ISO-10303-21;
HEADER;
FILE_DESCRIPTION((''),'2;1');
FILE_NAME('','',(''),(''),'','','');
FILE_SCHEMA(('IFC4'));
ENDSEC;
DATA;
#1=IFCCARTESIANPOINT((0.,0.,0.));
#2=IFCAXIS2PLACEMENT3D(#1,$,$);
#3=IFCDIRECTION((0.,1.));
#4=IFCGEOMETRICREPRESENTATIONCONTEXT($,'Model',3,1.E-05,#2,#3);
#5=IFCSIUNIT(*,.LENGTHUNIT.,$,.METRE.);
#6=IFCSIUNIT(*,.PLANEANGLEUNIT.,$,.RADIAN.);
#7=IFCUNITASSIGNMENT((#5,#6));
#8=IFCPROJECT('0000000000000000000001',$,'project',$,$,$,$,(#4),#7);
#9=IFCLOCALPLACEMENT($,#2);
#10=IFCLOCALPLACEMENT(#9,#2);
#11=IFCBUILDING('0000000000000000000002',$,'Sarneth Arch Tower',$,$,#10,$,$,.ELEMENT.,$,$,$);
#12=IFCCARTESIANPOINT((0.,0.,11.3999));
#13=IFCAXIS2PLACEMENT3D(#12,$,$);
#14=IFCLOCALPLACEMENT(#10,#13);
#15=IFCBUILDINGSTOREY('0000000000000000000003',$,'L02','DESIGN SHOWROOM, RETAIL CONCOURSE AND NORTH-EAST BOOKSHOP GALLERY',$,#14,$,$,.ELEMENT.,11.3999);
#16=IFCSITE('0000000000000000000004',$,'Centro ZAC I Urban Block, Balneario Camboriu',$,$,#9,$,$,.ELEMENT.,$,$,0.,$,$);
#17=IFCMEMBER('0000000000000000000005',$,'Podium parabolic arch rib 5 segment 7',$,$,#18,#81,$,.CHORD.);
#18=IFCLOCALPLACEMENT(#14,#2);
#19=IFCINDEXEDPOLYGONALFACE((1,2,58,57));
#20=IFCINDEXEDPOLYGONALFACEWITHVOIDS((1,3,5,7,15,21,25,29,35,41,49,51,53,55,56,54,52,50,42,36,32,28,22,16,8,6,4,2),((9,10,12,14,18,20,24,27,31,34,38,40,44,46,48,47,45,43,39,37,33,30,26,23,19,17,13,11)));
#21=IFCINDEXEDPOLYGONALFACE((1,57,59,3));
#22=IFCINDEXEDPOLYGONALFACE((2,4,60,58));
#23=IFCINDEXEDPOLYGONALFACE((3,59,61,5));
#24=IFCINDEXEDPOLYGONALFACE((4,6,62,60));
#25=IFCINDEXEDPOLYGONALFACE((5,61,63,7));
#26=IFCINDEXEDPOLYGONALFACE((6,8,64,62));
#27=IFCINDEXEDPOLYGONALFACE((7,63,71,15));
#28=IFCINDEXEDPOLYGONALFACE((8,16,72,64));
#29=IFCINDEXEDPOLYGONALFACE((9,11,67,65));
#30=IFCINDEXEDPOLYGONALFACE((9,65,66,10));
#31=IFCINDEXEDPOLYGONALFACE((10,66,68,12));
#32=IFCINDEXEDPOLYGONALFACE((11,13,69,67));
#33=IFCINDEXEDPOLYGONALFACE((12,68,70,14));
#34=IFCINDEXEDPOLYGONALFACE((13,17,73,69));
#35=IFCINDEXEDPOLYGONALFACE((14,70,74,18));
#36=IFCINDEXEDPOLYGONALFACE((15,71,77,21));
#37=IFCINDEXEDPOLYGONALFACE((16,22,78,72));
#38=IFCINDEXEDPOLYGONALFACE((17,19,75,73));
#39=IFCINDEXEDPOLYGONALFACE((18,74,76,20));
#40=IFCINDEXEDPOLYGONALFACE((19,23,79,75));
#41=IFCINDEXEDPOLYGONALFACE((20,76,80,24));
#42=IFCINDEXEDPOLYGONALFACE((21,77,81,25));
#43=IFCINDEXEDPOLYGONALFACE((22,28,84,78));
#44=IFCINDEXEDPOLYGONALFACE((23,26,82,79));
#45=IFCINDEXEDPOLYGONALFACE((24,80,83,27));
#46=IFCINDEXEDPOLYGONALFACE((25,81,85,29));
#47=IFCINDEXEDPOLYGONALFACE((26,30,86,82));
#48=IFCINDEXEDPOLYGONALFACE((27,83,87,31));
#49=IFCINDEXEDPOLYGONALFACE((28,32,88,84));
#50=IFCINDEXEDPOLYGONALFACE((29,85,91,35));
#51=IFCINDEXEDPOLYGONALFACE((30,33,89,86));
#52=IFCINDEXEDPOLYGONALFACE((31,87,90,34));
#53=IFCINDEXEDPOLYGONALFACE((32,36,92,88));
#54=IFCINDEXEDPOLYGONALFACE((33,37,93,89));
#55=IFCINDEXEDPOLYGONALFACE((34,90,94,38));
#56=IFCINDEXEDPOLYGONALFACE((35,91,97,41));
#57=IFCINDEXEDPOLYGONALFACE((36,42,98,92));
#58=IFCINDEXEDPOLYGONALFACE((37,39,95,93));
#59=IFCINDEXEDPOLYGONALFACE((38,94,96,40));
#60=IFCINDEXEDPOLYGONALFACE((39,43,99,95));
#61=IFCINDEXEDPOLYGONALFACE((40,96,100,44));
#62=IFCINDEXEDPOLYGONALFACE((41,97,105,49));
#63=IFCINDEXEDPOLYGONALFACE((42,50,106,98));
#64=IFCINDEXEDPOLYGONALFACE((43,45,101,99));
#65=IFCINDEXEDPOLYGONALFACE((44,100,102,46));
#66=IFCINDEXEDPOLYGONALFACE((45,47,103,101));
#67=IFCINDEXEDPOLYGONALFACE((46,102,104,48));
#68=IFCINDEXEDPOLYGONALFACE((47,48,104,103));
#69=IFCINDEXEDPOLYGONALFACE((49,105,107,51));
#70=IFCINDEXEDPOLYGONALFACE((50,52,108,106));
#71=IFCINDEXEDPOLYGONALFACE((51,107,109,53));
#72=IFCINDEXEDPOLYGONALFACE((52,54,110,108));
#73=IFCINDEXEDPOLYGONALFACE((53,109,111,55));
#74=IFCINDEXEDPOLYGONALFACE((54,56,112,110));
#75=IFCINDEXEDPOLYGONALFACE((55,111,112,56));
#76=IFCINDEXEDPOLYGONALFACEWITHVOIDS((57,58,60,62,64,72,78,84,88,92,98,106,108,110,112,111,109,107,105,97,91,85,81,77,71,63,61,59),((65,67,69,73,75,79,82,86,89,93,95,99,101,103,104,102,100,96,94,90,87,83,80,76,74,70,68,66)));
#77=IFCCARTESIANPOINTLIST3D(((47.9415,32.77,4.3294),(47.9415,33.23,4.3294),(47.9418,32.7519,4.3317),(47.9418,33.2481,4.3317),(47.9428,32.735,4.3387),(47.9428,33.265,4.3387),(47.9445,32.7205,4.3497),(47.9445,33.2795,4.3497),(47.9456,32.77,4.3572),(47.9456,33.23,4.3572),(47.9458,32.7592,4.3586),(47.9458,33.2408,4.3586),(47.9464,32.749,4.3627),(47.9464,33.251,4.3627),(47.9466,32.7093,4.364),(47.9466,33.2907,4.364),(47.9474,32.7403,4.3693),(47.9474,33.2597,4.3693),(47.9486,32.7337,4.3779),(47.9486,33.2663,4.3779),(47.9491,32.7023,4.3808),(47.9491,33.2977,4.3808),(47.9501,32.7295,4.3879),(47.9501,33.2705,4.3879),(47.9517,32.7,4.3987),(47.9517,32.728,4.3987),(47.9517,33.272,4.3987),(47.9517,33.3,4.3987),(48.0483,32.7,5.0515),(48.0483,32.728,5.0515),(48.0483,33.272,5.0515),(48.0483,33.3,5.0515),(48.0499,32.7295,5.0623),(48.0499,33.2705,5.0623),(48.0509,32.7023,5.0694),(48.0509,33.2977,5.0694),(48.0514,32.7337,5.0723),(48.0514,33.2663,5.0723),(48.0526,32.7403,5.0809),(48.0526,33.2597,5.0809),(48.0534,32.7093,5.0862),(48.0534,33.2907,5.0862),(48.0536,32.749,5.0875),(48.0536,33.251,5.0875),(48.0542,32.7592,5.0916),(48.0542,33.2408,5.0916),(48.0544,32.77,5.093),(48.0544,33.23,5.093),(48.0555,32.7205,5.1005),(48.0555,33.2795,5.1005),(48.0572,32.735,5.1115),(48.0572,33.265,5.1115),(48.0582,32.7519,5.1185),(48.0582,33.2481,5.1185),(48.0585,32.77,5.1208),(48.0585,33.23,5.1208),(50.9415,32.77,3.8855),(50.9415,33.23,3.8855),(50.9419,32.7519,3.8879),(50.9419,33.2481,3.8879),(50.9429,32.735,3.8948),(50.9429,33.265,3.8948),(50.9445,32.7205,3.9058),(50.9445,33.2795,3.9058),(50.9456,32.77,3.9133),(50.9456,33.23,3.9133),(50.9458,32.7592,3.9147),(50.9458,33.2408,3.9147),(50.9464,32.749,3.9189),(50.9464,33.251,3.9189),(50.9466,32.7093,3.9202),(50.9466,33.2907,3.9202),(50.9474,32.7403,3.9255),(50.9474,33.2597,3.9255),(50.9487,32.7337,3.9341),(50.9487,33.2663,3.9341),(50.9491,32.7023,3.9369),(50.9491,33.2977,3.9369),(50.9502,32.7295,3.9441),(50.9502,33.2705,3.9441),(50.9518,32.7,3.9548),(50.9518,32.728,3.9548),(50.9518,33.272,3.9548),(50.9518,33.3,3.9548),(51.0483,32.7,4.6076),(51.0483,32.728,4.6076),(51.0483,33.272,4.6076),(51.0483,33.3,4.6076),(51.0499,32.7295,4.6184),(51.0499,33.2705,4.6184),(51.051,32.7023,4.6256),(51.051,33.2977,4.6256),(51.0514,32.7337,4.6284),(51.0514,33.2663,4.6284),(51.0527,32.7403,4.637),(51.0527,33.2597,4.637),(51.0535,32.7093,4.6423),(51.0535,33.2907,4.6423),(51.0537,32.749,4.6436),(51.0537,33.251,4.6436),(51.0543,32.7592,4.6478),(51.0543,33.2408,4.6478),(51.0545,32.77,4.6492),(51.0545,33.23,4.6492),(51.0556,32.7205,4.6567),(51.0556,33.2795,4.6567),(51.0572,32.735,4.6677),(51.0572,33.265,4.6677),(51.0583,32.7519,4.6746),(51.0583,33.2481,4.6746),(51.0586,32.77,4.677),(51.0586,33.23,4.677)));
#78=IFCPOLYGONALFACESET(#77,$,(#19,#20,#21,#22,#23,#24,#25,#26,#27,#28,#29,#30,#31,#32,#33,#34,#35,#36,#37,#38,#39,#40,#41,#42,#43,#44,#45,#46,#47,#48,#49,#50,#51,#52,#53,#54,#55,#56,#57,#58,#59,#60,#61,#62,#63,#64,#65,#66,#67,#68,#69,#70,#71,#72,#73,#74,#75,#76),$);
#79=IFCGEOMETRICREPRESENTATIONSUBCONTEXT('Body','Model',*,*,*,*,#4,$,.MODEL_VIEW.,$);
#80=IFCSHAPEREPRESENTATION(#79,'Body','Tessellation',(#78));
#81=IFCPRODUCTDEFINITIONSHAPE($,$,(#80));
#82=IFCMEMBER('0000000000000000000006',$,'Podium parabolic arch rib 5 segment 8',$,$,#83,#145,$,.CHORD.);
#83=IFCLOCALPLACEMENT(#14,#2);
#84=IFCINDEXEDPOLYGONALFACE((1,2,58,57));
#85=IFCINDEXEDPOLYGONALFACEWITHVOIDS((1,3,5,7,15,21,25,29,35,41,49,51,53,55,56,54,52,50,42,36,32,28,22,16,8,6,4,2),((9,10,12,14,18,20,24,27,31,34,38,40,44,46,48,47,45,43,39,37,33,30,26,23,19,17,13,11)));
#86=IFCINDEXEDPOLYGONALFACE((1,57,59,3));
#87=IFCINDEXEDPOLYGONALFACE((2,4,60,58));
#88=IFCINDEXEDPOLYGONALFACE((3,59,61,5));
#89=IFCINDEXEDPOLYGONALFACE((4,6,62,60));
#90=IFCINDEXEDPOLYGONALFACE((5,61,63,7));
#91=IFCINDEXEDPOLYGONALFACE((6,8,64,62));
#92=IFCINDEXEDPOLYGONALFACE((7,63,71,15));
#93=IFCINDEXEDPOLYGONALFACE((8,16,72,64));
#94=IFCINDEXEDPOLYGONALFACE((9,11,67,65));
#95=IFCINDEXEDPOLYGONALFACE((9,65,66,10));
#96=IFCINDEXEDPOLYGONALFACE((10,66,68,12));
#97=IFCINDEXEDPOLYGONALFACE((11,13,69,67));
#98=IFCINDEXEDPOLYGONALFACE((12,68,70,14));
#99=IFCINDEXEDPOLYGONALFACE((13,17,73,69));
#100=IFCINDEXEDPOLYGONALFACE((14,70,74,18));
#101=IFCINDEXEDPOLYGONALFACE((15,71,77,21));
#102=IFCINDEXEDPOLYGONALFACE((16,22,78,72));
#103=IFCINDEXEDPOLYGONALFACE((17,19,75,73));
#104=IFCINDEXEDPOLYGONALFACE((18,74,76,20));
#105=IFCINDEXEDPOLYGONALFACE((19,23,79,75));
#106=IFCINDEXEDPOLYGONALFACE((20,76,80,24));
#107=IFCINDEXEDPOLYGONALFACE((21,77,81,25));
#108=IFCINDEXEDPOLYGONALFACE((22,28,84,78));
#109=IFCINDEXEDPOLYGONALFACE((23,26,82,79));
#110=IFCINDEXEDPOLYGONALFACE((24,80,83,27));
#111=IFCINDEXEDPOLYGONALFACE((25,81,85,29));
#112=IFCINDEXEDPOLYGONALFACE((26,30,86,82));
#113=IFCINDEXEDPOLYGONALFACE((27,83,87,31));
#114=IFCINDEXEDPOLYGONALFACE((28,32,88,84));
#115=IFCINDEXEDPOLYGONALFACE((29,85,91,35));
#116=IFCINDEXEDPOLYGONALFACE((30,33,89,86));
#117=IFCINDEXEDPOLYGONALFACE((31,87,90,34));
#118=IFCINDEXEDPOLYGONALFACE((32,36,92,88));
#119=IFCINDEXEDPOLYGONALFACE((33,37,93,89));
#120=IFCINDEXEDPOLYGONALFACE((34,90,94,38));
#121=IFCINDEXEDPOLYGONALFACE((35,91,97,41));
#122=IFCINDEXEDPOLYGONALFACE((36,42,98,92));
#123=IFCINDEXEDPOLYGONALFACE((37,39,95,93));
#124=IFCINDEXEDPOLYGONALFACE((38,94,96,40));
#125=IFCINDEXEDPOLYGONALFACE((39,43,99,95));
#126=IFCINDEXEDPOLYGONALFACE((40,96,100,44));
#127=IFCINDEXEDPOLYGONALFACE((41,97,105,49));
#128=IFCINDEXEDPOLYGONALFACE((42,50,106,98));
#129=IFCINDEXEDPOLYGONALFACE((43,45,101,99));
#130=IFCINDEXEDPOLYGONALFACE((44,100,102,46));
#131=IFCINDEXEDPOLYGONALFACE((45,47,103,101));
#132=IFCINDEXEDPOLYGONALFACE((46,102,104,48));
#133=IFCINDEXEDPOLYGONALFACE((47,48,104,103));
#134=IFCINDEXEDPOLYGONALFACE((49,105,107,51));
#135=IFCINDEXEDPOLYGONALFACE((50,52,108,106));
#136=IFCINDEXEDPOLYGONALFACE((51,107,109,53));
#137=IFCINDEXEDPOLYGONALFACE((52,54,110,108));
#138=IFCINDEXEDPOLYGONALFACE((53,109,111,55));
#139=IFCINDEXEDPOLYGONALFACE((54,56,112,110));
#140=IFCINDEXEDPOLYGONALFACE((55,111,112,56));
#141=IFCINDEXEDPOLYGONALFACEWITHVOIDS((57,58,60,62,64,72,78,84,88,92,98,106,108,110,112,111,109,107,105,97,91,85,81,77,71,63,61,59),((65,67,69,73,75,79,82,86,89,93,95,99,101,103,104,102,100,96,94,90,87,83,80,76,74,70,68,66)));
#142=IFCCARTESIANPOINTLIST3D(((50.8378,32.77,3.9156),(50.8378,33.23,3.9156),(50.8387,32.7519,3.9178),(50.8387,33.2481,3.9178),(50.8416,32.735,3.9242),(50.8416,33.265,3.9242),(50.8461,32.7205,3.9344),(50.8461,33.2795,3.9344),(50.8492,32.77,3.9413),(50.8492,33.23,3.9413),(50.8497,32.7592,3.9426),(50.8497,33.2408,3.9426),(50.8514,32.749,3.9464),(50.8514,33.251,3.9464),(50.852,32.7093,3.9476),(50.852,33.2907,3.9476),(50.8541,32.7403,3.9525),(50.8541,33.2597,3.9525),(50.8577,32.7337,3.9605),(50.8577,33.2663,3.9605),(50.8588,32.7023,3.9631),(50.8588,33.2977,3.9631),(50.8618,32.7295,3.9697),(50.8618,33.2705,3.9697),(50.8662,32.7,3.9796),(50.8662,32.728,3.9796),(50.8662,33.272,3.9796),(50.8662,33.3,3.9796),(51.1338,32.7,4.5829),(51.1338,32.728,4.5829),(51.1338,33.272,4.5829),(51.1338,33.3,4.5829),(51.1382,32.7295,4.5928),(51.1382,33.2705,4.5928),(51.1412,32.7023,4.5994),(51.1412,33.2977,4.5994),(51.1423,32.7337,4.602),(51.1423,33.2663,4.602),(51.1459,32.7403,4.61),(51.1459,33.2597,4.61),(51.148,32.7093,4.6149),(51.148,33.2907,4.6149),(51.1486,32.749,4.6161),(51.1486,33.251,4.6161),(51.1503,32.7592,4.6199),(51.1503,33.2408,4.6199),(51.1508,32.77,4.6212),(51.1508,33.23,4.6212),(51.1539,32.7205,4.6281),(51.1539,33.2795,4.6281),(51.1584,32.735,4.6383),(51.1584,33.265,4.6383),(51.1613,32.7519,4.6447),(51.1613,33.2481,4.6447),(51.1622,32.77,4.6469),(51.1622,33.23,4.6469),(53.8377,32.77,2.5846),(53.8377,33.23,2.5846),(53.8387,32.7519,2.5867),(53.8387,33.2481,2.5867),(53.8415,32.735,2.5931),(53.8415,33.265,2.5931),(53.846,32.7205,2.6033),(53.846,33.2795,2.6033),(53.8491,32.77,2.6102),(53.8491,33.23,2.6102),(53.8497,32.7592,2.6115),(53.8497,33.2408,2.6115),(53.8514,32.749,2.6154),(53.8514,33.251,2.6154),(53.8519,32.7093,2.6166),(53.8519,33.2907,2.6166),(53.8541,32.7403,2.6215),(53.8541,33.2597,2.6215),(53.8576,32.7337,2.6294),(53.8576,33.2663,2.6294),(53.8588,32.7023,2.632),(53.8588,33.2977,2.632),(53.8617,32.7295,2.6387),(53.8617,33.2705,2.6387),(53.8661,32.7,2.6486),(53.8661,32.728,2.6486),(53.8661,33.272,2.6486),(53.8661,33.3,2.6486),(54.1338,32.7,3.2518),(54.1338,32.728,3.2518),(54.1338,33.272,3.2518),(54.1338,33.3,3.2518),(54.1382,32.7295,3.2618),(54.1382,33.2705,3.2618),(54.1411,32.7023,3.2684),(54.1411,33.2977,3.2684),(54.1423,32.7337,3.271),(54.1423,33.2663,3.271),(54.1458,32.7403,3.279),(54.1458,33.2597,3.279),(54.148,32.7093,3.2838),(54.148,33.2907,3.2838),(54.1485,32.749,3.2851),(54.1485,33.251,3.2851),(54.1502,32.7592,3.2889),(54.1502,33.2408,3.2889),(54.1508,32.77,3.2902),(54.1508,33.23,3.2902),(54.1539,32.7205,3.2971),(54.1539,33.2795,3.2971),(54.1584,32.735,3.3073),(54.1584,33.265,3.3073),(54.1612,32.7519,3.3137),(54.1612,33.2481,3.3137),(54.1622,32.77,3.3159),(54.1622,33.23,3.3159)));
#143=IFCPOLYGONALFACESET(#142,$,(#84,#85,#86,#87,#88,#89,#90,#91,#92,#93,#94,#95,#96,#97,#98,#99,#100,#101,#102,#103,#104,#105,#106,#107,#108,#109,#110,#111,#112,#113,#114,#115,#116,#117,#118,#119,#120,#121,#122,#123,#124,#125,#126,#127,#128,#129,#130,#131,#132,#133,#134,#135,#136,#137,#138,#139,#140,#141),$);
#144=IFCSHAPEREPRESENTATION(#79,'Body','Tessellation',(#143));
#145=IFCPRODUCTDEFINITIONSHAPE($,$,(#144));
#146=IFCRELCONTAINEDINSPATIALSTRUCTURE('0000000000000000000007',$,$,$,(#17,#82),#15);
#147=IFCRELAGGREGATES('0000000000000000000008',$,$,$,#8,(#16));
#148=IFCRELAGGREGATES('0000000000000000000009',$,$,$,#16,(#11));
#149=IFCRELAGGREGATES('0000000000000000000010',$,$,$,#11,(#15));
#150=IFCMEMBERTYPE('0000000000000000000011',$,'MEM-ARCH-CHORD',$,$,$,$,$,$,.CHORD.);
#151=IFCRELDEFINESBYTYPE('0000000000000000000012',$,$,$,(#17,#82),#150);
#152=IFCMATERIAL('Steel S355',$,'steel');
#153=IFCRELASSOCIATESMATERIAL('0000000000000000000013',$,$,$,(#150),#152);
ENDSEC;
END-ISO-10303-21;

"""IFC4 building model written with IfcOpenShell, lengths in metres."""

from ifc_helpers import new_model, si_unit, direction, frame, origin, origin_2d, place, context, subcontext, project, spatial, hollow_rectangle, extrude, material, material_profile, profile_set, type_object, element, save


model = new_model("IFC4")

# Units and contexts
model_context = context("Model", 3, precision=1e-05, world=origin(), true_north=direction((0.0, 1.0)))
body_context = subcontext(model_context, "Body", "Model", "MODEL_VIEW")
ifc_project = project(units=[si_unit("LENGTHUNIT", "METRE"), si_unit("PLANEANGLEUNIT", "RADIAN")], contexts=[model_context])

# Site, building, storey
site_placement = place(None, origin())
site = spatial("IfcSite", under=ifc_project, at=site_placement, Name="Centro ZAC I Urban Block, Balneario Camboriu", CompositionType="ELEMENT", RefElevation=0.0)
building_placement = place(site_placement, origin())
building = spatial("IfcBuilding", under=site, at=building_placement, Name="Sarneth Arch Tower", CompositionType="ELEMENT")
storey_placement = place(building_placement, frame((0.0, 0.0, 11.3999)))
storey = spatial("IfcBuildingStorey", under=building, at=storey_placement, Name="L02", Description="DESIGN SHOWROOM, RETAIL CONCOURSE AND NORTH-EAST BOOKSHOP GALLERY", CompositionType="ELEMENT", Elevation=11.3999)

# Members
ifc_material_1 = material(Name="Steel S355", Category="steel")
ifc_material_profile_1 = material_profile(ifc_material_1, hollow_rectangle(XDim=0.6001, YDim=0.8, WallThickness=0.0281, InnerFilletRadius=0.042, OuterFilletRadius=0.0701, at=origin_2d()), Name="RHS800x600x28")
ifc_profile_set_1 = profile_set([ifc_material_profile_1], Name="Steel S355")
member_type_1 = type_object("IfcMemberType", Name="MEM-ARCH-CHORD", PredefinedType="CHORD", material=ifc_profile_set_1)
member_1_placement = place(storey_placement, frame((48.0, 33.0, 4.7251), z_axis=(0.989232, 0.0, -0.146356), x_axis=(0.0, 1.0, 0.0)))
element("IfcMember", 1, at=member_1_placement, inside=storey, type_object=member_type_1, Name="Podium parabolic arch rib 5 segment 7", PredefinedType="CHORD", context=body_context, shape_type="SweptSolid", body=[
    extrude(hollow_rectangle(XDim=0.6001, YDim=0.8, WallThickness=0.0281, InnerFilletRadius=0.042, OuterFilletRadius=0.0701, at=origin_2d()), origin(), (0.0, 0.0, 1.0), 3.0327),
])
member_2_placement = place(storey_placement, frame((51.0, 33.0, 4.2812), z_axis=(0.914069, 0.0, -0.405559), x_axis=(0.0, 1.0, 0.0)))
element("IfcMember", 2, at=member_2_placement, inside=storey, type_object=member_type_1, Name="Podium parabolic arch rib 5 segment 8", PredefinedType="CHORD", context=body_context, shape_type="SweptSolid", body=[
    extrude(hollow_rectangle(XDim=0.6001, YDim=0.8, WallThickness=0.0281, InnerFilletRadius=0.042, OuterFilletRadius=0.0701, at=origin_2d()), origin(), (0.0, 0.0, 1.0), 3.282),
])

save(model, "model.ifc")
